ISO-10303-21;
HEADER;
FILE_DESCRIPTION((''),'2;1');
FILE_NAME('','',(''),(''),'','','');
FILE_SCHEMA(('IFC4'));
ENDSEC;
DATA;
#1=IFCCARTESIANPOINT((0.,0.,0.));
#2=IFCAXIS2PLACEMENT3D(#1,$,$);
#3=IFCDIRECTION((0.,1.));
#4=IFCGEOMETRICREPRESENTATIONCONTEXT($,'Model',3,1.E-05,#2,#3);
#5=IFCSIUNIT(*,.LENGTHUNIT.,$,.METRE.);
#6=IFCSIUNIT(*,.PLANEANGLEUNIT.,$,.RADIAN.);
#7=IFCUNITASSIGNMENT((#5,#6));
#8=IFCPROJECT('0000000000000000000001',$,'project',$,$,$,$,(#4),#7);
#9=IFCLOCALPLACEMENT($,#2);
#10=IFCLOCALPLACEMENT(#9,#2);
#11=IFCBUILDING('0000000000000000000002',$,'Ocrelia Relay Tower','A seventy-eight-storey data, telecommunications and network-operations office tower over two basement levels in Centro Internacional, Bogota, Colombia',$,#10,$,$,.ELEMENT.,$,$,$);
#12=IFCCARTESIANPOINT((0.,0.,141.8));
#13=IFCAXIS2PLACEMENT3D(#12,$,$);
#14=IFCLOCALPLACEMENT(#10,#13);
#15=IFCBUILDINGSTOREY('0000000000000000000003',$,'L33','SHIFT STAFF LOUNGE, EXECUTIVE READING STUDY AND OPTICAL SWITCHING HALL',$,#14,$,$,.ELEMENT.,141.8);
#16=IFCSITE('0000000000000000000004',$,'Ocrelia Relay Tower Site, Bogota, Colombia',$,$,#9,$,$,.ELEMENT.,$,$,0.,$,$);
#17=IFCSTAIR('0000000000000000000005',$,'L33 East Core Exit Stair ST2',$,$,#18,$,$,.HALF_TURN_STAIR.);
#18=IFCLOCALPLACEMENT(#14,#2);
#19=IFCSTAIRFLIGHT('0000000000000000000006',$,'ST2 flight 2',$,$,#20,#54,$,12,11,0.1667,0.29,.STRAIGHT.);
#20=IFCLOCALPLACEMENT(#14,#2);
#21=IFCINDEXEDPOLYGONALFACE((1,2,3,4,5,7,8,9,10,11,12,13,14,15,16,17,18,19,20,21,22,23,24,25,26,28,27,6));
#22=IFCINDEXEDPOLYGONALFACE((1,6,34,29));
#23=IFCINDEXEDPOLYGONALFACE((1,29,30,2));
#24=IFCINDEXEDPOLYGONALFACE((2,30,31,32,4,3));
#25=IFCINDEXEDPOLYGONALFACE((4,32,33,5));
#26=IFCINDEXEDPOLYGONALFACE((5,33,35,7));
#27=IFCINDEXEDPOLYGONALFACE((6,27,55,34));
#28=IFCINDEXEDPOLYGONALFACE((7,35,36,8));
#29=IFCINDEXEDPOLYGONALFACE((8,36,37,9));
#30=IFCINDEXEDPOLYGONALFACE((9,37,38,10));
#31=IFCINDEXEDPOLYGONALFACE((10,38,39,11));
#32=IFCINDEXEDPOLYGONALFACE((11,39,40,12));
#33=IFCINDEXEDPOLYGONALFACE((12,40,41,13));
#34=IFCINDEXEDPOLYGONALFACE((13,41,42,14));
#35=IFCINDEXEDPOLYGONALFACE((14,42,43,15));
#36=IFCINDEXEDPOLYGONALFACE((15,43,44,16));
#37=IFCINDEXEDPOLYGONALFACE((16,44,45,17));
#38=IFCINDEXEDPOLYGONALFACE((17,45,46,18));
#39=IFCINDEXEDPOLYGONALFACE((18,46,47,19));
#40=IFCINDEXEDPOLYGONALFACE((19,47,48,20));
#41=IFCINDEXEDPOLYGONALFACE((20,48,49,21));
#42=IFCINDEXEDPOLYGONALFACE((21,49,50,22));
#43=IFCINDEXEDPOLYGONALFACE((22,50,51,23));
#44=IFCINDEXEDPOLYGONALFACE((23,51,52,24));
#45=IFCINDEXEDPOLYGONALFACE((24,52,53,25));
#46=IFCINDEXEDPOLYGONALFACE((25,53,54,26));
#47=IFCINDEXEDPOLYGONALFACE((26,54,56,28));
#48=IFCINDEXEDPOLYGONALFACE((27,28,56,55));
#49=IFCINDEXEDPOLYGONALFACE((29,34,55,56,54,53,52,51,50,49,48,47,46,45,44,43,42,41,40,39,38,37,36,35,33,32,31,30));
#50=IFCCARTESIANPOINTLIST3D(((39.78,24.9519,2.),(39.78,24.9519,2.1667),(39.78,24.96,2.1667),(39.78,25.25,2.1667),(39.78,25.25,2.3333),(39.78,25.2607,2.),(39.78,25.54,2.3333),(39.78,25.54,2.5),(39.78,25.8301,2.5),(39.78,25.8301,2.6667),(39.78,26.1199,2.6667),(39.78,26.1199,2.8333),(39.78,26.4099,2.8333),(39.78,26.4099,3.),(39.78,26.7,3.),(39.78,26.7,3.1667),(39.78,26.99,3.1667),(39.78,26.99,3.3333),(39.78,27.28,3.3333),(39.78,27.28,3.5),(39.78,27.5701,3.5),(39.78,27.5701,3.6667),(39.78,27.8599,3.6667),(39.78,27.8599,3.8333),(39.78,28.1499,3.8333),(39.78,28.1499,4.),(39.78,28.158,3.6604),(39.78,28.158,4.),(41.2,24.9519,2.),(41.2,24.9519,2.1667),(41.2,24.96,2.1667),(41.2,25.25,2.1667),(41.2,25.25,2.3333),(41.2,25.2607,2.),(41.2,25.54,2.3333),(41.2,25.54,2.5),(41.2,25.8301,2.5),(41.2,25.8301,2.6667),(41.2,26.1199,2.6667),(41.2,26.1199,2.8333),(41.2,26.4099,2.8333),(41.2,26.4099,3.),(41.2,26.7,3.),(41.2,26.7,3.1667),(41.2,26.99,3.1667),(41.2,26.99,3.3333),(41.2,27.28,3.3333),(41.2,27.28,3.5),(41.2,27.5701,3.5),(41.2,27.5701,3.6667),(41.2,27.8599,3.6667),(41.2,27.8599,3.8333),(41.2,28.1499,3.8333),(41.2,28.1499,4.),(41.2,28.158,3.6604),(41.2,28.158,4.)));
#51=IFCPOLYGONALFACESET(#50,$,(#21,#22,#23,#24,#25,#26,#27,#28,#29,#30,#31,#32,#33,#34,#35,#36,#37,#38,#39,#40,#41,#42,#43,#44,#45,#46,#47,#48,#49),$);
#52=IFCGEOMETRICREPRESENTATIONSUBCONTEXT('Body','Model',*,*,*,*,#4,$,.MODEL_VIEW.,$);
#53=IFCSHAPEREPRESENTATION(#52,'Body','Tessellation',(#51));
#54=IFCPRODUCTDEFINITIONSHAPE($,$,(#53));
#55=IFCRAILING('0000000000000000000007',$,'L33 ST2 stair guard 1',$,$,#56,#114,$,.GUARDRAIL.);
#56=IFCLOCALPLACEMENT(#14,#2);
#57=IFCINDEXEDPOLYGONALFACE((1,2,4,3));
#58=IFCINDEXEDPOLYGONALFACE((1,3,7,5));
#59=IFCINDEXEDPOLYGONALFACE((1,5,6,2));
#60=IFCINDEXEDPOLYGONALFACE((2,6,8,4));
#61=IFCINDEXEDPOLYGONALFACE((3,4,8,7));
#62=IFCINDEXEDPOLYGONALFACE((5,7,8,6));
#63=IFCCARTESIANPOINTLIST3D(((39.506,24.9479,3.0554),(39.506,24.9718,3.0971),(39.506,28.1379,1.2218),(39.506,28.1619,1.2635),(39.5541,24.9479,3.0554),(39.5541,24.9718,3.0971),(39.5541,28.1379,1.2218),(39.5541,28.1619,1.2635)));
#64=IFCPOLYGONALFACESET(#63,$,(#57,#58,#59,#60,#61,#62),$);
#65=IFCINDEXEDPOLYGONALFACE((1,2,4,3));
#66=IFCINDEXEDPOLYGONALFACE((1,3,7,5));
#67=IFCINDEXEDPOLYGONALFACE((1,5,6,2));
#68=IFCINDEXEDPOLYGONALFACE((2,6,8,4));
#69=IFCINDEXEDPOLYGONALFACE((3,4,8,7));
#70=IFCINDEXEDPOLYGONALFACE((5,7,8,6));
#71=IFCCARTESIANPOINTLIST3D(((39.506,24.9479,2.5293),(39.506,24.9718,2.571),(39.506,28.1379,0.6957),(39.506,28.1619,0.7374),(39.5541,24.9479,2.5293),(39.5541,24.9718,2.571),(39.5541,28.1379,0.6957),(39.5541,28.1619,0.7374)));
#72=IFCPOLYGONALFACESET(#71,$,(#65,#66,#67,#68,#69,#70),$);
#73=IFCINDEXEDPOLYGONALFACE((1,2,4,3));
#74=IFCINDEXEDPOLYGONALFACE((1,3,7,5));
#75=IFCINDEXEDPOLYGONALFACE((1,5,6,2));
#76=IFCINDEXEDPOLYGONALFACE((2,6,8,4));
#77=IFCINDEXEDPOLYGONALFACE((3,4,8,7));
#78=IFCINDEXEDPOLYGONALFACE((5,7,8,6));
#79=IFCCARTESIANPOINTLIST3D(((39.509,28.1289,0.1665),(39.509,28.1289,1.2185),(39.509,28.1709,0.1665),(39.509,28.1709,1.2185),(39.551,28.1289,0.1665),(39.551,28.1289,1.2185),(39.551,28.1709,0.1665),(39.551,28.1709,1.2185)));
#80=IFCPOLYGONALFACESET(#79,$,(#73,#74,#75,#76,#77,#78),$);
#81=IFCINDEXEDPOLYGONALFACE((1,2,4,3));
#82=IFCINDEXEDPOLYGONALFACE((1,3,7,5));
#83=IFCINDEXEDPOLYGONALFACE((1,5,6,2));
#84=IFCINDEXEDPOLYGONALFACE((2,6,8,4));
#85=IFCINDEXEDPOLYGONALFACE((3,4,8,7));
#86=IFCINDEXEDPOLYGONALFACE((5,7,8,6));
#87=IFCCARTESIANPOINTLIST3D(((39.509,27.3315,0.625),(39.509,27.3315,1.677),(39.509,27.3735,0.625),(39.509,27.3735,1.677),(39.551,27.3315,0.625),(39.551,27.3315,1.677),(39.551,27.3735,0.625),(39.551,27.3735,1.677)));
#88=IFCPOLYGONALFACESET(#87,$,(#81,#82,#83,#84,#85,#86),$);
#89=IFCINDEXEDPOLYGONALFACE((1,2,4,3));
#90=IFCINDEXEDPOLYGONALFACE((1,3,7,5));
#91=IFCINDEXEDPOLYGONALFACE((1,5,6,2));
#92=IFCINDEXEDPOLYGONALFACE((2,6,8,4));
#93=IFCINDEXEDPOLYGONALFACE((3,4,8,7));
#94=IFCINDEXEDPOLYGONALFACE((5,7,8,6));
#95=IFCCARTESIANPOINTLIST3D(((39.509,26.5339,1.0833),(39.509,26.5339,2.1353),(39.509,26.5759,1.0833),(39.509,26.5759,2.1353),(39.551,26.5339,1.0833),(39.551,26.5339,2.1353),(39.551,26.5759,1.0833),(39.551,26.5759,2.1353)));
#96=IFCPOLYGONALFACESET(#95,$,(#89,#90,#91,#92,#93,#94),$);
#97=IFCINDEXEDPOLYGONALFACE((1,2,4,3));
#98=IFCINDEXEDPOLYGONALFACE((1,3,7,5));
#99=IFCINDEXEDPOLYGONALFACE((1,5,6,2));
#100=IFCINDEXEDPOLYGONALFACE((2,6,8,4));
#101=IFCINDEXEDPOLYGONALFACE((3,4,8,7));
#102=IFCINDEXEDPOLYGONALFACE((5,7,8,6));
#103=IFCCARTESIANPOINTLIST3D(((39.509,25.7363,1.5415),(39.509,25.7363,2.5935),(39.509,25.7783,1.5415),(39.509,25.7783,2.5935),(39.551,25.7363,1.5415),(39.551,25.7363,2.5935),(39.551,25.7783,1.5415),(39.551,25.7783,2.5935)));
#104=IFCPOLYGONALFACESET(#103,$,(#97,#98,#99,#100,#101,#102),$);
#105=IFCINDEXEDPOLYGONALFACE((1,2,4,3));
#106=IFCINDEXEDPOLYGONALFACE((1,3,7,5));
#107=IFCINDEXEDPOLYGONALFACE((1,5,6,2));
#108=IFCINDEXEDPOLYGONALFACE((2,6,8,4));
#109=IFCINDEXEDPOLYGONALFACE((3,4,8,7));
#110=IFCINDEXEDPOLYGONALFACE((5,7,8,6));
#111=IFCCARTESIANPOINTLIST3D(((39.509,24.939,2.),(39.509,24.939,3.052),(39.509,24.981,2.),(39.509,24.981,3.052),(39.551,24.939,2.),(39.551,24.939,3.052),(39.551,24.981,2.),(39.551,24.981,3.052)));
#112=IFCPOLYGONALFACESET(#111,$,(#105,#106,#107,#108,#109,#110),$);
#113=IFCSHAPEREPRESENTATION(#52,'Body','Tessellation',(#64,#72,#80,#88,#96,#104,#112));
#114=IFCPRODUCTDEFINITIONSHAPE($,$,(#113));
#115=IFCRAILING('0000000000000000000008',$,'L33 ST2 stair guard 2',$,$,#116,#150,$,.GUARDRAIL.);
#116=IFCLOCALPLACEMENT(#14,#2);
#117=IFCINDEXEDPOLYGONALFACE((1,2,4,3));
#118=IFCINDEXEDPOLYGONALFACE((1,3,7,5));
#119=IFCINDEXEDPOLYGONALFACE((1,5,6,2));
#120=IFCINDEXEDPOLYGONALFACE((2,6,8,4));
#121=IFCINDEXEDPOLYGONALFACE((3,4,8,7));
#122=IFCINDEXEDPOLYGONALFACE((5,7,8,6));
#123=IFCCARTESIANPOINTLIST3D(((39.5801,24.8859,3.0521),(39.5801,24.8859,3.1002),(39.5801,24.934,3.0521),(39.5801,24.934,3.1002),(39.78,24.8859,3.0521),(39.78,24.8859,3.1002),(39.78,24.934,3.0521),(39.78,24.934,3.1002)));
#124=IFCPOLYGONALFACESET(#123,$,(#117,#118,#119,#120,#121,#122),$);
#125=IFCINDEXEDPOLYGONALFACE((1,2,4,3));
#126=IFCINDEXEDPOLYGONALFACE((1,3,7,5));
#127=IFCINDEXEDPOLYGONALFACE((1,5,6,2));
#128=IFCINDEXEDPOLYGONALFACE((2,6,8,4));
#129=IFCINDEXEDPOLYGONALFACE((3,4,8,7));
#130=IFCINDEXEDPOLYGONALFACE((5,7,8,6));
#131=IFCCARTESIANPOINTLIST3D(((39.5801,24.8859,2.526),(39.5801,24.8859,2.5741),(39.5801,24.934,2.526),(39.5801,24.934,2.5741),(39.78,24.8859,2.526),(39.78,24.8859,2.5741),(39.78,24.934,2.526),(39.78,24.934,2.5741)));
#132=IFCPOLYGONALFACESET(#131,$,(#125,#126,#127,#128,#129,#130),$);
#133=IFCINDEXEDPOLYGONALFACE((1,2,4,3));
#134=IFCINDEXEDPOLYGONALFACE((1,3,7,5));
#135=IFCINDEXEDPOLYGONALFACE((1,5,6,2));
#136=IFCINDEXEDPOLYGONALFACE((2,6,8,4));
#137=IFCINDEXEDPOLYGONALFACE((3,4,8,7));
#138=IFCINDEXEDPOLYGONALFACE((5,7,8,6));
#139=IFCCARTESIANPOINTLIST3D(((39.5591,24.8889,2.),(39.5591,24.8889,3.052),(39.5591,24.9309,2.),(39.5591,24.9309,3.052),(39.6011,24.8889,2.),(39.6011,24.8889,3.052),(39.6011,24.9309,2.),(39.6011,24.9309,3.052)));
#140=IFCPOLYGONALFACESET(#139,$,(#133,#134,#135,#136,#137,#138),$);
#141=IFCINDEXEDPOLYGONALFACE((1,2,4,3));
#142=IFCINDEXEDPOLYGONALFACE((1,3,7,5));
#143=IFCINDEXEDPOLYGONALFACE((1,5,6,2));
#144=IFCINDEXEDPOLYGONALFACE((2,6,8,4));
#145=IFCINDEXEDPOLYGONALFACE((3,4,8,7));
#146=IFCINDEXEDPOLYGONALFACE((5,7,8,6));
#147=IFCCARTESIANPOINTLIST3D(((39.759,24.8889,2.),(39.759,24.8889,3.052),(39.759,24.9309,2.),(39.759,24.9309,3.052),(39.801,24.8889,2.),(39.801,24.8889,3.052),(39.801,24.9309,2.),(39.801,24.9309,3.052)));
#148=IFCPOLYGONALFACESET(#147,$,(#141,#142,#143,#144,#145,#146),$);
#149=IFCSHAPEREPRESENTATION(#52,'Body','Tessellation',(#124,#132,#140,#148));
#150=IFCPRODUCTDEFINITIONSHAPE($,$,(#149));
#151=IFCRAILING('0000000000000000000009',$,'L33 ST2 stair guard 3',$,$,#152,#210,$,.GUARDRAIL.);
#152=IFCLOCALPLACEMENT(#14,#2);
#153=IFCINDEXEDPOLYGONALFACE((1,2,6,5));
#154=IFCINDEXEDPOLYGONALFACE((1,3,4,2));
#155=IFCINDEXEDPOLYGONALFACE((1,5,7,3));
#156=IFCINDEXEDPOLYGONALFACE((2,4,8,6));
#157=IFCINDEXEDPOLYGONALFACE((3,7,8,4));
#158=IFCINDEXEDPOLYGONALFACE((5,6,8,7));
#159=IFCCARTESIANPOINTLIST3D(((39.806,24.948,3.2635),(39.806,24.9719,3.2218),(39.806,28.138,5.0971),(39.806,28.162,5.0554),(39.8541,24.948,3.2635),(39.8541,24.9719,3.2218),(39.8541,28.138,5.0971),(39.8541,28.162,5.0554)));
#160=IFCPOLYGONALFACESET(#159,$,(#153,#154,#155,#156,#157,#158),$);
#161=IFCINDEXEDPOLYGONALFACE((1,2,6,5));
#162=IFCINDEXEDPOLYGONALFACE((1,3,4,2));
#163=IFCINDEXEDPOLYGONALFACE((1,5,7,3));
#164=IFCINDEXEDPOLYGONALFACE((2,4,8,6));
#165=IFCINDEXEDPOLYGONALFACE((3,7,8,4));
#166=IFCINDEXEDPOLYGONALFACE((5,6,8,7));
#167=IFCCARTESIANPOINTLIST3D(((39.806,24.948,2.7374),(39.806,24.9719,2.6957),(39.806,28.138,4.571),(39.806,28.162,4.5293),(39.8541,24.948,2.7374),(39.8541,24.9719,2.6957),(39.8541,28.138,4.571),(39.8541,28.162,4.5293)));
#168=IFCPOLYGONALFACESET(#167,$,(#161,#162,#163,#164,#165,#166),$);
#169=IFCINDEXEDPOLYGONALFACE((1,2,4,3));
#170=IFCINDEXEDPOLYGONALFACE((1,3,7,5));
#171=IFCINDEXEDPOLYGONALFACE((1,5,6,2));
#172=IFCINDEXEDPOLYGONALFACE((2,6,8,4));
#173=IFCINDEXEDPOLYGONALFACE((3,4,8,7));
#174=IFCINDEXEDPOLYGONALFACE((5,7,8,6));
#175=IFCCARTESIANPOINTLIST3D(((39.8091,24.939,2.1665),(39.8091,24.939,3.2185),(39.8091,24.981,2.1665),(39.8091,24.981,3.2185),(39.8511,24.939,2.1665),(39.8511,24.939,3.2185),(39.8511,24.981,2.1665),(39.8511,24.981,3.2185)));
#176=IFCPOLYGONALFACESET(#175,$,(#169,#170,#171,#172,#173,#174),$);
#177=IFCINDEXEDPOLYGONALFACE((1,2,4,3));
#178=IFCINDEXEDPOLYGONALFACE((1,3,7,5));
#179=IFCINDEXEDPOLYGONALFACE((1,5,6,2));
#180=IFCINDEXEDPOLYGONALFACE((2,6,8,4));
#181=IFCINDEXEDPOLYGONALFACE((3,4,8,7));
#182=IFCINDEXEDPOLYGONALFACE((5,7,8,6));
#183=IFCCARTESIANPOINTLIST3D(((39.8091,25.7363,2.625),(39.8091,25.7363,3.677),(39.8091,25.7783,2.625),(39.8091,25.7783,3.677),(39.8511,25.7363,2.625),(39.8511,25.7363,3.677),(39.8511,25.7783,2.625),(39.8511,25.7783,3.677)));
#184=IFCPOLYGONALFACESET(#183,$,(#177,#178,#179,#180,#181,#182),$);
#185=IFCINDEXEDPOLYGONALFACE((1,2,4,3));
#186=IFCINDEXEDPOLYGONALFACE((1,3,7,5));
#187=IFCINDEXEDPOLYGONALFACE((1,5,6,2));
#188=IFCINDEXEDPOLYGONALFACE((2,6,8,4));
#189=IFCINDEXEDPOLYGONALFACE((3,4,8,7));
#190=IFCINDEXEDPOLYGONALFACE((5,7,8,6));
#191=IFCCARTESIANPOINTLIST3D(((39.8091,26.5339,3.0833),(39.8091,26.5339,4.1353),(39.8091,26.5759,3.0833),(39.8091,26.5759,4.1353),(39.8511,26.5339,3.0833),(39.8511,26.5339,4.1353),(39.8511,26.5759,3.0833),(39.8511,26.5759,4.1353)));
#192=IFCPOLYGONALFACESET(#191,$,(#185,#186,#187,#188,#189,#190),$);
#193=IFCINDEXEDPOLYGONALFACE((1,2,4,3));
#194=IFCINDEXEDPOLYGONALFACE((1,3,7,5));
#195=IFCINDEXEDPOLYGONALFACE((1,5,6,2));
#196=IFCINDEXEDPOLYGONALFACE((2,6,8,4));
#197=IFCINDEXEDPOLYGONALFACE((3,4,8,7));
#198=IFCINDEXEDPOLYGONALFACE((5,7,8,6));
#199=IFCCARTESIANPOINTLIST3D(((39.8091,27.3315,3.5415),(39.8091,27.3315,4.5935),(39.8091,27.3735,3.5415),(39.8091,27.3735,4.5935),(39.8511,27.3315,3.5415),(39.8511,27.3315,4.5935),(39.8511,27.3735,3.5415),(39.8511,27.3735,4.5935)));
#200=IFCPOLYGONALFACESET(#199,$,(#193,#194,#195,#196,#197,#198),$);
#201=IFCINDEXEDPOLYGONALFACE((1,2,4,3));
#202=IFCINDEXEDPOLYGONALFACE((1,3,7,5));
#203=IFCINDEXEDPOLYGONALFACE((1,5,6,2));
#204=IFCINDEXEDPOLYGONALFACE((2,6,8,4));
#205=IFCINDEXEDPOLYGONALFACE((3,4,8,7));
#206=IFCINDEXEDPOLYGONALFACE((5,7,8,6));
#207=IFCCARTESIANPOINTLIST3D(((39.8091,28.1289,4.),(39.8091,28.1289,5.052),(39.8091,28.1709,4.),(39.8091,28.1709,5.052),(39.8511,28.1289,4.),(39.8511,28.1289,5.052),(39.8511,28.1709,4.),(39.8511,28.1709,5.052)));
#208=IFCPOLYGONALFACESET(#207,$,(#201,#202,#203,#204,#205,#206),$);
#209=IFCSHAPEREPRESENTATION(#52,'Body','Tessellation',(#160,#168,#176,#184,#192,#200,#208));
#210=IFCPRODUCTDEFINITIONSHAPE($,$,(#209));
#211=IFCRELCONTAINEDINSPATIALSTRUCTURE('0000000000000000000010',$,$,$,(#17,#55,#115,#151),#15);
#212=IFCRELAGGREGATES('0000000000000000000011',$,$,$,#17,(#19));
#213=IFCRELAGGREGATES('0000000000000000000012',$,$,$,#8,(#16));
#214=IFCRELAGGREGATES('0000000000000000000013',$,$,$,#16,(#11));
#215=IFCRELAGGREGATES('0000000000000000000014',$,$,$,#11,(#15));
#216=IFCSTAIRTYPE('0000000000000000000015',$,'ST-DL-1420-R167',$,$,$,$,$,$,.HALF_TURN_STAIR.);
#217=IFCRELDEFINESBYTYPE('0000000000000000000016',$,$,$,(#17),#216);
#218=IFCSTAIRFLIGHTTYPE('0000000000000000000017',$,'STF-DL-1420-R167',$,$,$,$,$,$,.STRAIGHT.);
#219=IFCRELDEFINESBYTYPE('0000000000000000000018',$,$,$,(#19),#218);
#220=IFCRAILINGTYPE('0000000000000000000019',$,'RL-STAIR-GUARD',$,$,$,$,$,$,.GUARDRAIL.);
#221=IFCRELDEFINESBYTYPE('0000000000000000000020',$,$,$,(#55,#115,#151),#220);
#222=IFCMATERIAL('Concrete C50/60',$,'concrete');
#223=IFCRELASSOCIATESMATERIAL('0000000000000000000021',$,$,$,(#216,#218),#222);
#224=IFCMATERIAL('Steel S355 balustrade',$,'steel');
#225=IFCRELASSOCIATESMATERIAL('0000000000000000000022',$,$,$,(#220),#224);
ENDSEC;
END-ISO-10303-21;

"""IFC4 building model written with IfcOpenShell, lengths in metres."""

from ifc_helpers import new_model, si_unit, direction, frame, origin, origin_2d, place, context, subcontext, project, spatial, polyline, rectangle, outline, extrude, material, type_object, element, aggregate, save


model = new_model("IFC4")

# Units and contexts
model_context = context("Model", 3, precision=1e-05, world=origin(), true_north=direction((0.0, 1.0)))
body_context = subcontext(model_context, "Body", "Model", "MODEL_VIEW")
ifc_project = project(units=[si_unit("LENGTHUNIT", "METRE"), si_unit("PLANEANGLEUNIT", "RADIAN")], contexts=[model_context])

# Site, building, storey
site_placement = place(None, origin())
site = spatial("IfcSite", under=ifc_project, at=site_placement, Name="Ocrelia Relay Tower Site, Bogota, Colombia", CompositionType="ELEMENT", RefElevation=0.0)
building_placement = place(site_placement, origin())
building = spatial("IfcBuilding", under=site, at=building_placement, Name="Ocrelia Relay Tower", Description="A seventy-eight-storey data, telecommunications and network-operations office tower over two basement levels in Centro Internacional, Bogota, Colombia", CompositionType="ELEMENT")
storey_placement = place(building_placement, frame((0.0, 0.0, 141.8)))
storey = spatial("IfcBuildingStorey", under=building, at=storey_placement, Name="L33", Description="SHIFT STAFF LOUNGE, EXECUTIVE READING STUDY AND OPTICAL SWITCHING HALL", CompositionType="ELEMENT", Elevation=141.8)

# Shared definitions
ifc_material_1 = material(Name="Concrete C50/60", Category="concrete")

# Stair, stair flight
stair_type = type_object("IfcStairType", Name="ST-DL-1420-R167", PredefinedType="HALF_TURN_STAIR", material=ifc_material_1)
stair_placement = place(storey_placement, origin())
stair = element("IfcStair", 1, at=stair_placement, inside=storey, type_object=stair_type, Name="L33 East Core Exit Stair ST2", PredefinedType="HALF_TURN_STAIR")
stair_flight_type = type_object("IfcStairFlightType", Name="STF-DL-1420-R167", PredefinedType="STRAIGHT", material=ifc_material_1)
stair_flight_1_placement = place(storey_placement, frame((40.49, 24.96, 2.0), z_axis=(0.0, 0.0, 1.0), x_axis=(0.0, 1.0, 0.0)))
stair_flight_1 = element("IfcStairFlight", 2, at=stair_flight_1_placement, type_object=stair_flight_type, Name="ST2 flight 2", NumberOfRisers=12, NumberOfTreads=11, PredefinedType="STRAIGHT", RiserHeight=0.1667, TreadLength=0.29, context=body_context, shape_type="SweptSolid", body=[
    extrude(outline(polyline([(-0.0081, 0.0), (-0.0081, 0.1667), (0.0, 0.1667), (0.29, 0.1667), (0.29, 0.3333), (0.5801, 0.3333), (0.5801, 0.5), (0.8701, 0.5), (0.8701, 0.6667), (1.1599, 0.6667), (1.1599, 0.8333), (1.45, 0.8333), (1.45, 1.0), (1.74, 1.0), (1.74, 1.1667), (2.03, 1.1667), (2.03, 1.3333), (2.3201, 1.3333), (2.3201, 1.5), (2.6101, 1.5), (2.6101, 1.6667), (2.8999, 1.6667), (2.8999, 1.8333), (3.1899, 1.8333), (3.1899, 2.0), (3.198, 2.0), (3.198, 1.6604), (0.3008, 0.0), (-0.0081, 0.0)])), frame((0.0, 0.71, 0.0), z_axis=(0.0, -1.0, 0.0), x_axis=(1.0, 0.0, 0.0)), (0.0, 0.0, 1.0), 1.4199),
])
aggregate(stair, [stair_flight_1])

# Railings
ifc_material_2 = material(Name="Steel S355 balustrade", Category="steel")
railing_type_1 = type_object("IfcRailingType", Name="RL-STAIR-GUARD", PredefinedType="GUARDRAIL", material=ifc_material_2)
railing_1_placement = place(storey_placement, frame((39.53, 28.1499, 0.1665)))
element("IfcRailing", 3, at=railing_1_placement, inside=storey, type_object=railing_type_1, Name="L33 ST2 stair guard 1", PredefinedType="GUARDRAIL", context=body_context, shape_type="SweptSolid", body=[
    extrude(rectangle(XDim=0.0481, YDim=0.0481, at=origin_2d()), frame((0.0, 0.0, 1.0762), z_axis=(0.0, -0.866991, 0.498324), x_axis=(1.0, 0.0, 0.0)), (0.0, 0.0, 1.0), 3.6794),
    extrude(rectangle(XDim=0.0481, YDim=0.0481, at=origin_2d()), frame((0.0, 0.0, 0.55), z_axis=(0.0, -0.866991, 0.498324), x_axis=(1.0, 0.0, 0.0)), (0.0, 0.0, 1.0), 3.6794),
    extrude(rectangle(XDim=0.042, YDim=0.042, at=origin_2d()), origin(), (0.0, 0.0, 1.0), 1.052),
    extrude(rectangle(XDim=0.042, YDim=0.042, at=origin_2d()), frame((0.0, -0.7974, 0.4585)), (0.0, 0.0, 1.0), 1.052),
    extrude(rectangle(XDim=0.042, YDim=0.042, at=origin_2d()), frame((0.0, -1.595, 0.9167)), (0.0, 0.0, 1.0), 1.052),
    extrude(rectangle(XDim=0.042, YDim=0.042, at=origin_2d()), frame((0.0, -2.3926, 1.375)), (0.0, 0.0, 1.0), 1.052),
    extrude(rectangle(XDim=0.042, YDim=0.042, at=origin_2d()), frame((0.0, -3.1899, 1.8335)), (0.0, 0.0, 1.0), 1.052),
])
railing_2_placement = place(storey_placement, frame((39.5801, 24.9099, 2.0)))
element("IfcRailing", 4, at=railing_2_placement, inside=storey, type_object=railing_type_1, Name="L33 ST2 stair guard 2", PredefinedType="GUARDRAIL", context=body_context, shape_type="SweptSolid", body=[
    extrude(rectangle(XDim=0.0481, YDim=0.0481, at=origin_2d()), frame((0.0, 0.0, 1.0762), z_axis=(1.0, 0.0, 0.0), x_axis=(0.0, 1.0, 0.0)), (0.0, 0.0, 1.0), 0.2),
    extrude(rectangle(XDim=0.0481, YDim=0.0481, at=origin_2d()), frame((0.0, 0.0, 0.55), z_axis=(1.0, 0.0, 0.0), x_axis=(0.0, 1.0, 0.0)), (0.0, 0.0, 1.0), 0.2),
    extrude(rectangle(XDim=0.042, YDim=0.042, at=origin_2d()), origin(), (0.0, 0.0, 1.0), 1.052),
    extrude(rectangle(XDim=0.042, YDim=0.042, at=origin_2d()), frame((0.2, 0.0, 0.0)), (0.0, 0.0, 1.0), 1.052),
])
railing_3_placement = place(storey_placement, frame((39.8301, 24.96, 2.1665)))
element("IfcRailing", 5, at=railing_3_placement, inside=storey, type_object=railing_type_1, Name="L33 ST2 stair guard 3", PredefinedType="GUARDRAIL", context=body_context, shape_type="SweptSolid", body=[
    extrude(rectangle(XDim=0.0481, YDim=0.0481, at=origin_2d()), frame((0.0, 0.0, 1.0762), z_axis=(0.0, 0.866991, 0.498324), x_axis=(-1.0, 0.0, 0.0)), (0.0, 0.0, 1.0), 3.6794),
    extrude(rectangle(XDim=0.0481, YDim=0.0481, at=origin_2d()), frame((0.0, 0.0, 0.55), z_axis=(0.0, 0.866991, 0.498324), x_axis=(-1.0, 0.0, 0.0)), (0.0, 0.0, 1.0), 3.6794),
    extrude(rectangle(XDim=0.042, YDim=0.042, at=origin_2d()), origin(), (0.0, 0.0, 1.0), 1.052),
    extrude(rectangle(XDim=0.042, YDim=0.042, at=origin_2d()), frame((0.0, 0.7974, 0.4585)), (0.0, 0.0, 1.0), 1.052),
    extrude(rectangle(XDim=0.042, YDim=0.042, at=origin_2d()), frame((0.0, 1.595, 0.9167)), (0.0, 0.0, 1.0), 1.052),
    extrude(rectangle(XDim=0.042, YDim=0.042, at=origin_2d()), frame((0.0, 2.3926, 1.375)), (0.0, 0.0, 1.0), 1.052),
    extrude(rectangle(XDim=0.042, YDim=0.042, at=origin_2d()), frame((0.0, 3.1899, 1.8335)), (0.0, 0.0, 1.0), 1.052),
])

save(model, "model.ifc")
